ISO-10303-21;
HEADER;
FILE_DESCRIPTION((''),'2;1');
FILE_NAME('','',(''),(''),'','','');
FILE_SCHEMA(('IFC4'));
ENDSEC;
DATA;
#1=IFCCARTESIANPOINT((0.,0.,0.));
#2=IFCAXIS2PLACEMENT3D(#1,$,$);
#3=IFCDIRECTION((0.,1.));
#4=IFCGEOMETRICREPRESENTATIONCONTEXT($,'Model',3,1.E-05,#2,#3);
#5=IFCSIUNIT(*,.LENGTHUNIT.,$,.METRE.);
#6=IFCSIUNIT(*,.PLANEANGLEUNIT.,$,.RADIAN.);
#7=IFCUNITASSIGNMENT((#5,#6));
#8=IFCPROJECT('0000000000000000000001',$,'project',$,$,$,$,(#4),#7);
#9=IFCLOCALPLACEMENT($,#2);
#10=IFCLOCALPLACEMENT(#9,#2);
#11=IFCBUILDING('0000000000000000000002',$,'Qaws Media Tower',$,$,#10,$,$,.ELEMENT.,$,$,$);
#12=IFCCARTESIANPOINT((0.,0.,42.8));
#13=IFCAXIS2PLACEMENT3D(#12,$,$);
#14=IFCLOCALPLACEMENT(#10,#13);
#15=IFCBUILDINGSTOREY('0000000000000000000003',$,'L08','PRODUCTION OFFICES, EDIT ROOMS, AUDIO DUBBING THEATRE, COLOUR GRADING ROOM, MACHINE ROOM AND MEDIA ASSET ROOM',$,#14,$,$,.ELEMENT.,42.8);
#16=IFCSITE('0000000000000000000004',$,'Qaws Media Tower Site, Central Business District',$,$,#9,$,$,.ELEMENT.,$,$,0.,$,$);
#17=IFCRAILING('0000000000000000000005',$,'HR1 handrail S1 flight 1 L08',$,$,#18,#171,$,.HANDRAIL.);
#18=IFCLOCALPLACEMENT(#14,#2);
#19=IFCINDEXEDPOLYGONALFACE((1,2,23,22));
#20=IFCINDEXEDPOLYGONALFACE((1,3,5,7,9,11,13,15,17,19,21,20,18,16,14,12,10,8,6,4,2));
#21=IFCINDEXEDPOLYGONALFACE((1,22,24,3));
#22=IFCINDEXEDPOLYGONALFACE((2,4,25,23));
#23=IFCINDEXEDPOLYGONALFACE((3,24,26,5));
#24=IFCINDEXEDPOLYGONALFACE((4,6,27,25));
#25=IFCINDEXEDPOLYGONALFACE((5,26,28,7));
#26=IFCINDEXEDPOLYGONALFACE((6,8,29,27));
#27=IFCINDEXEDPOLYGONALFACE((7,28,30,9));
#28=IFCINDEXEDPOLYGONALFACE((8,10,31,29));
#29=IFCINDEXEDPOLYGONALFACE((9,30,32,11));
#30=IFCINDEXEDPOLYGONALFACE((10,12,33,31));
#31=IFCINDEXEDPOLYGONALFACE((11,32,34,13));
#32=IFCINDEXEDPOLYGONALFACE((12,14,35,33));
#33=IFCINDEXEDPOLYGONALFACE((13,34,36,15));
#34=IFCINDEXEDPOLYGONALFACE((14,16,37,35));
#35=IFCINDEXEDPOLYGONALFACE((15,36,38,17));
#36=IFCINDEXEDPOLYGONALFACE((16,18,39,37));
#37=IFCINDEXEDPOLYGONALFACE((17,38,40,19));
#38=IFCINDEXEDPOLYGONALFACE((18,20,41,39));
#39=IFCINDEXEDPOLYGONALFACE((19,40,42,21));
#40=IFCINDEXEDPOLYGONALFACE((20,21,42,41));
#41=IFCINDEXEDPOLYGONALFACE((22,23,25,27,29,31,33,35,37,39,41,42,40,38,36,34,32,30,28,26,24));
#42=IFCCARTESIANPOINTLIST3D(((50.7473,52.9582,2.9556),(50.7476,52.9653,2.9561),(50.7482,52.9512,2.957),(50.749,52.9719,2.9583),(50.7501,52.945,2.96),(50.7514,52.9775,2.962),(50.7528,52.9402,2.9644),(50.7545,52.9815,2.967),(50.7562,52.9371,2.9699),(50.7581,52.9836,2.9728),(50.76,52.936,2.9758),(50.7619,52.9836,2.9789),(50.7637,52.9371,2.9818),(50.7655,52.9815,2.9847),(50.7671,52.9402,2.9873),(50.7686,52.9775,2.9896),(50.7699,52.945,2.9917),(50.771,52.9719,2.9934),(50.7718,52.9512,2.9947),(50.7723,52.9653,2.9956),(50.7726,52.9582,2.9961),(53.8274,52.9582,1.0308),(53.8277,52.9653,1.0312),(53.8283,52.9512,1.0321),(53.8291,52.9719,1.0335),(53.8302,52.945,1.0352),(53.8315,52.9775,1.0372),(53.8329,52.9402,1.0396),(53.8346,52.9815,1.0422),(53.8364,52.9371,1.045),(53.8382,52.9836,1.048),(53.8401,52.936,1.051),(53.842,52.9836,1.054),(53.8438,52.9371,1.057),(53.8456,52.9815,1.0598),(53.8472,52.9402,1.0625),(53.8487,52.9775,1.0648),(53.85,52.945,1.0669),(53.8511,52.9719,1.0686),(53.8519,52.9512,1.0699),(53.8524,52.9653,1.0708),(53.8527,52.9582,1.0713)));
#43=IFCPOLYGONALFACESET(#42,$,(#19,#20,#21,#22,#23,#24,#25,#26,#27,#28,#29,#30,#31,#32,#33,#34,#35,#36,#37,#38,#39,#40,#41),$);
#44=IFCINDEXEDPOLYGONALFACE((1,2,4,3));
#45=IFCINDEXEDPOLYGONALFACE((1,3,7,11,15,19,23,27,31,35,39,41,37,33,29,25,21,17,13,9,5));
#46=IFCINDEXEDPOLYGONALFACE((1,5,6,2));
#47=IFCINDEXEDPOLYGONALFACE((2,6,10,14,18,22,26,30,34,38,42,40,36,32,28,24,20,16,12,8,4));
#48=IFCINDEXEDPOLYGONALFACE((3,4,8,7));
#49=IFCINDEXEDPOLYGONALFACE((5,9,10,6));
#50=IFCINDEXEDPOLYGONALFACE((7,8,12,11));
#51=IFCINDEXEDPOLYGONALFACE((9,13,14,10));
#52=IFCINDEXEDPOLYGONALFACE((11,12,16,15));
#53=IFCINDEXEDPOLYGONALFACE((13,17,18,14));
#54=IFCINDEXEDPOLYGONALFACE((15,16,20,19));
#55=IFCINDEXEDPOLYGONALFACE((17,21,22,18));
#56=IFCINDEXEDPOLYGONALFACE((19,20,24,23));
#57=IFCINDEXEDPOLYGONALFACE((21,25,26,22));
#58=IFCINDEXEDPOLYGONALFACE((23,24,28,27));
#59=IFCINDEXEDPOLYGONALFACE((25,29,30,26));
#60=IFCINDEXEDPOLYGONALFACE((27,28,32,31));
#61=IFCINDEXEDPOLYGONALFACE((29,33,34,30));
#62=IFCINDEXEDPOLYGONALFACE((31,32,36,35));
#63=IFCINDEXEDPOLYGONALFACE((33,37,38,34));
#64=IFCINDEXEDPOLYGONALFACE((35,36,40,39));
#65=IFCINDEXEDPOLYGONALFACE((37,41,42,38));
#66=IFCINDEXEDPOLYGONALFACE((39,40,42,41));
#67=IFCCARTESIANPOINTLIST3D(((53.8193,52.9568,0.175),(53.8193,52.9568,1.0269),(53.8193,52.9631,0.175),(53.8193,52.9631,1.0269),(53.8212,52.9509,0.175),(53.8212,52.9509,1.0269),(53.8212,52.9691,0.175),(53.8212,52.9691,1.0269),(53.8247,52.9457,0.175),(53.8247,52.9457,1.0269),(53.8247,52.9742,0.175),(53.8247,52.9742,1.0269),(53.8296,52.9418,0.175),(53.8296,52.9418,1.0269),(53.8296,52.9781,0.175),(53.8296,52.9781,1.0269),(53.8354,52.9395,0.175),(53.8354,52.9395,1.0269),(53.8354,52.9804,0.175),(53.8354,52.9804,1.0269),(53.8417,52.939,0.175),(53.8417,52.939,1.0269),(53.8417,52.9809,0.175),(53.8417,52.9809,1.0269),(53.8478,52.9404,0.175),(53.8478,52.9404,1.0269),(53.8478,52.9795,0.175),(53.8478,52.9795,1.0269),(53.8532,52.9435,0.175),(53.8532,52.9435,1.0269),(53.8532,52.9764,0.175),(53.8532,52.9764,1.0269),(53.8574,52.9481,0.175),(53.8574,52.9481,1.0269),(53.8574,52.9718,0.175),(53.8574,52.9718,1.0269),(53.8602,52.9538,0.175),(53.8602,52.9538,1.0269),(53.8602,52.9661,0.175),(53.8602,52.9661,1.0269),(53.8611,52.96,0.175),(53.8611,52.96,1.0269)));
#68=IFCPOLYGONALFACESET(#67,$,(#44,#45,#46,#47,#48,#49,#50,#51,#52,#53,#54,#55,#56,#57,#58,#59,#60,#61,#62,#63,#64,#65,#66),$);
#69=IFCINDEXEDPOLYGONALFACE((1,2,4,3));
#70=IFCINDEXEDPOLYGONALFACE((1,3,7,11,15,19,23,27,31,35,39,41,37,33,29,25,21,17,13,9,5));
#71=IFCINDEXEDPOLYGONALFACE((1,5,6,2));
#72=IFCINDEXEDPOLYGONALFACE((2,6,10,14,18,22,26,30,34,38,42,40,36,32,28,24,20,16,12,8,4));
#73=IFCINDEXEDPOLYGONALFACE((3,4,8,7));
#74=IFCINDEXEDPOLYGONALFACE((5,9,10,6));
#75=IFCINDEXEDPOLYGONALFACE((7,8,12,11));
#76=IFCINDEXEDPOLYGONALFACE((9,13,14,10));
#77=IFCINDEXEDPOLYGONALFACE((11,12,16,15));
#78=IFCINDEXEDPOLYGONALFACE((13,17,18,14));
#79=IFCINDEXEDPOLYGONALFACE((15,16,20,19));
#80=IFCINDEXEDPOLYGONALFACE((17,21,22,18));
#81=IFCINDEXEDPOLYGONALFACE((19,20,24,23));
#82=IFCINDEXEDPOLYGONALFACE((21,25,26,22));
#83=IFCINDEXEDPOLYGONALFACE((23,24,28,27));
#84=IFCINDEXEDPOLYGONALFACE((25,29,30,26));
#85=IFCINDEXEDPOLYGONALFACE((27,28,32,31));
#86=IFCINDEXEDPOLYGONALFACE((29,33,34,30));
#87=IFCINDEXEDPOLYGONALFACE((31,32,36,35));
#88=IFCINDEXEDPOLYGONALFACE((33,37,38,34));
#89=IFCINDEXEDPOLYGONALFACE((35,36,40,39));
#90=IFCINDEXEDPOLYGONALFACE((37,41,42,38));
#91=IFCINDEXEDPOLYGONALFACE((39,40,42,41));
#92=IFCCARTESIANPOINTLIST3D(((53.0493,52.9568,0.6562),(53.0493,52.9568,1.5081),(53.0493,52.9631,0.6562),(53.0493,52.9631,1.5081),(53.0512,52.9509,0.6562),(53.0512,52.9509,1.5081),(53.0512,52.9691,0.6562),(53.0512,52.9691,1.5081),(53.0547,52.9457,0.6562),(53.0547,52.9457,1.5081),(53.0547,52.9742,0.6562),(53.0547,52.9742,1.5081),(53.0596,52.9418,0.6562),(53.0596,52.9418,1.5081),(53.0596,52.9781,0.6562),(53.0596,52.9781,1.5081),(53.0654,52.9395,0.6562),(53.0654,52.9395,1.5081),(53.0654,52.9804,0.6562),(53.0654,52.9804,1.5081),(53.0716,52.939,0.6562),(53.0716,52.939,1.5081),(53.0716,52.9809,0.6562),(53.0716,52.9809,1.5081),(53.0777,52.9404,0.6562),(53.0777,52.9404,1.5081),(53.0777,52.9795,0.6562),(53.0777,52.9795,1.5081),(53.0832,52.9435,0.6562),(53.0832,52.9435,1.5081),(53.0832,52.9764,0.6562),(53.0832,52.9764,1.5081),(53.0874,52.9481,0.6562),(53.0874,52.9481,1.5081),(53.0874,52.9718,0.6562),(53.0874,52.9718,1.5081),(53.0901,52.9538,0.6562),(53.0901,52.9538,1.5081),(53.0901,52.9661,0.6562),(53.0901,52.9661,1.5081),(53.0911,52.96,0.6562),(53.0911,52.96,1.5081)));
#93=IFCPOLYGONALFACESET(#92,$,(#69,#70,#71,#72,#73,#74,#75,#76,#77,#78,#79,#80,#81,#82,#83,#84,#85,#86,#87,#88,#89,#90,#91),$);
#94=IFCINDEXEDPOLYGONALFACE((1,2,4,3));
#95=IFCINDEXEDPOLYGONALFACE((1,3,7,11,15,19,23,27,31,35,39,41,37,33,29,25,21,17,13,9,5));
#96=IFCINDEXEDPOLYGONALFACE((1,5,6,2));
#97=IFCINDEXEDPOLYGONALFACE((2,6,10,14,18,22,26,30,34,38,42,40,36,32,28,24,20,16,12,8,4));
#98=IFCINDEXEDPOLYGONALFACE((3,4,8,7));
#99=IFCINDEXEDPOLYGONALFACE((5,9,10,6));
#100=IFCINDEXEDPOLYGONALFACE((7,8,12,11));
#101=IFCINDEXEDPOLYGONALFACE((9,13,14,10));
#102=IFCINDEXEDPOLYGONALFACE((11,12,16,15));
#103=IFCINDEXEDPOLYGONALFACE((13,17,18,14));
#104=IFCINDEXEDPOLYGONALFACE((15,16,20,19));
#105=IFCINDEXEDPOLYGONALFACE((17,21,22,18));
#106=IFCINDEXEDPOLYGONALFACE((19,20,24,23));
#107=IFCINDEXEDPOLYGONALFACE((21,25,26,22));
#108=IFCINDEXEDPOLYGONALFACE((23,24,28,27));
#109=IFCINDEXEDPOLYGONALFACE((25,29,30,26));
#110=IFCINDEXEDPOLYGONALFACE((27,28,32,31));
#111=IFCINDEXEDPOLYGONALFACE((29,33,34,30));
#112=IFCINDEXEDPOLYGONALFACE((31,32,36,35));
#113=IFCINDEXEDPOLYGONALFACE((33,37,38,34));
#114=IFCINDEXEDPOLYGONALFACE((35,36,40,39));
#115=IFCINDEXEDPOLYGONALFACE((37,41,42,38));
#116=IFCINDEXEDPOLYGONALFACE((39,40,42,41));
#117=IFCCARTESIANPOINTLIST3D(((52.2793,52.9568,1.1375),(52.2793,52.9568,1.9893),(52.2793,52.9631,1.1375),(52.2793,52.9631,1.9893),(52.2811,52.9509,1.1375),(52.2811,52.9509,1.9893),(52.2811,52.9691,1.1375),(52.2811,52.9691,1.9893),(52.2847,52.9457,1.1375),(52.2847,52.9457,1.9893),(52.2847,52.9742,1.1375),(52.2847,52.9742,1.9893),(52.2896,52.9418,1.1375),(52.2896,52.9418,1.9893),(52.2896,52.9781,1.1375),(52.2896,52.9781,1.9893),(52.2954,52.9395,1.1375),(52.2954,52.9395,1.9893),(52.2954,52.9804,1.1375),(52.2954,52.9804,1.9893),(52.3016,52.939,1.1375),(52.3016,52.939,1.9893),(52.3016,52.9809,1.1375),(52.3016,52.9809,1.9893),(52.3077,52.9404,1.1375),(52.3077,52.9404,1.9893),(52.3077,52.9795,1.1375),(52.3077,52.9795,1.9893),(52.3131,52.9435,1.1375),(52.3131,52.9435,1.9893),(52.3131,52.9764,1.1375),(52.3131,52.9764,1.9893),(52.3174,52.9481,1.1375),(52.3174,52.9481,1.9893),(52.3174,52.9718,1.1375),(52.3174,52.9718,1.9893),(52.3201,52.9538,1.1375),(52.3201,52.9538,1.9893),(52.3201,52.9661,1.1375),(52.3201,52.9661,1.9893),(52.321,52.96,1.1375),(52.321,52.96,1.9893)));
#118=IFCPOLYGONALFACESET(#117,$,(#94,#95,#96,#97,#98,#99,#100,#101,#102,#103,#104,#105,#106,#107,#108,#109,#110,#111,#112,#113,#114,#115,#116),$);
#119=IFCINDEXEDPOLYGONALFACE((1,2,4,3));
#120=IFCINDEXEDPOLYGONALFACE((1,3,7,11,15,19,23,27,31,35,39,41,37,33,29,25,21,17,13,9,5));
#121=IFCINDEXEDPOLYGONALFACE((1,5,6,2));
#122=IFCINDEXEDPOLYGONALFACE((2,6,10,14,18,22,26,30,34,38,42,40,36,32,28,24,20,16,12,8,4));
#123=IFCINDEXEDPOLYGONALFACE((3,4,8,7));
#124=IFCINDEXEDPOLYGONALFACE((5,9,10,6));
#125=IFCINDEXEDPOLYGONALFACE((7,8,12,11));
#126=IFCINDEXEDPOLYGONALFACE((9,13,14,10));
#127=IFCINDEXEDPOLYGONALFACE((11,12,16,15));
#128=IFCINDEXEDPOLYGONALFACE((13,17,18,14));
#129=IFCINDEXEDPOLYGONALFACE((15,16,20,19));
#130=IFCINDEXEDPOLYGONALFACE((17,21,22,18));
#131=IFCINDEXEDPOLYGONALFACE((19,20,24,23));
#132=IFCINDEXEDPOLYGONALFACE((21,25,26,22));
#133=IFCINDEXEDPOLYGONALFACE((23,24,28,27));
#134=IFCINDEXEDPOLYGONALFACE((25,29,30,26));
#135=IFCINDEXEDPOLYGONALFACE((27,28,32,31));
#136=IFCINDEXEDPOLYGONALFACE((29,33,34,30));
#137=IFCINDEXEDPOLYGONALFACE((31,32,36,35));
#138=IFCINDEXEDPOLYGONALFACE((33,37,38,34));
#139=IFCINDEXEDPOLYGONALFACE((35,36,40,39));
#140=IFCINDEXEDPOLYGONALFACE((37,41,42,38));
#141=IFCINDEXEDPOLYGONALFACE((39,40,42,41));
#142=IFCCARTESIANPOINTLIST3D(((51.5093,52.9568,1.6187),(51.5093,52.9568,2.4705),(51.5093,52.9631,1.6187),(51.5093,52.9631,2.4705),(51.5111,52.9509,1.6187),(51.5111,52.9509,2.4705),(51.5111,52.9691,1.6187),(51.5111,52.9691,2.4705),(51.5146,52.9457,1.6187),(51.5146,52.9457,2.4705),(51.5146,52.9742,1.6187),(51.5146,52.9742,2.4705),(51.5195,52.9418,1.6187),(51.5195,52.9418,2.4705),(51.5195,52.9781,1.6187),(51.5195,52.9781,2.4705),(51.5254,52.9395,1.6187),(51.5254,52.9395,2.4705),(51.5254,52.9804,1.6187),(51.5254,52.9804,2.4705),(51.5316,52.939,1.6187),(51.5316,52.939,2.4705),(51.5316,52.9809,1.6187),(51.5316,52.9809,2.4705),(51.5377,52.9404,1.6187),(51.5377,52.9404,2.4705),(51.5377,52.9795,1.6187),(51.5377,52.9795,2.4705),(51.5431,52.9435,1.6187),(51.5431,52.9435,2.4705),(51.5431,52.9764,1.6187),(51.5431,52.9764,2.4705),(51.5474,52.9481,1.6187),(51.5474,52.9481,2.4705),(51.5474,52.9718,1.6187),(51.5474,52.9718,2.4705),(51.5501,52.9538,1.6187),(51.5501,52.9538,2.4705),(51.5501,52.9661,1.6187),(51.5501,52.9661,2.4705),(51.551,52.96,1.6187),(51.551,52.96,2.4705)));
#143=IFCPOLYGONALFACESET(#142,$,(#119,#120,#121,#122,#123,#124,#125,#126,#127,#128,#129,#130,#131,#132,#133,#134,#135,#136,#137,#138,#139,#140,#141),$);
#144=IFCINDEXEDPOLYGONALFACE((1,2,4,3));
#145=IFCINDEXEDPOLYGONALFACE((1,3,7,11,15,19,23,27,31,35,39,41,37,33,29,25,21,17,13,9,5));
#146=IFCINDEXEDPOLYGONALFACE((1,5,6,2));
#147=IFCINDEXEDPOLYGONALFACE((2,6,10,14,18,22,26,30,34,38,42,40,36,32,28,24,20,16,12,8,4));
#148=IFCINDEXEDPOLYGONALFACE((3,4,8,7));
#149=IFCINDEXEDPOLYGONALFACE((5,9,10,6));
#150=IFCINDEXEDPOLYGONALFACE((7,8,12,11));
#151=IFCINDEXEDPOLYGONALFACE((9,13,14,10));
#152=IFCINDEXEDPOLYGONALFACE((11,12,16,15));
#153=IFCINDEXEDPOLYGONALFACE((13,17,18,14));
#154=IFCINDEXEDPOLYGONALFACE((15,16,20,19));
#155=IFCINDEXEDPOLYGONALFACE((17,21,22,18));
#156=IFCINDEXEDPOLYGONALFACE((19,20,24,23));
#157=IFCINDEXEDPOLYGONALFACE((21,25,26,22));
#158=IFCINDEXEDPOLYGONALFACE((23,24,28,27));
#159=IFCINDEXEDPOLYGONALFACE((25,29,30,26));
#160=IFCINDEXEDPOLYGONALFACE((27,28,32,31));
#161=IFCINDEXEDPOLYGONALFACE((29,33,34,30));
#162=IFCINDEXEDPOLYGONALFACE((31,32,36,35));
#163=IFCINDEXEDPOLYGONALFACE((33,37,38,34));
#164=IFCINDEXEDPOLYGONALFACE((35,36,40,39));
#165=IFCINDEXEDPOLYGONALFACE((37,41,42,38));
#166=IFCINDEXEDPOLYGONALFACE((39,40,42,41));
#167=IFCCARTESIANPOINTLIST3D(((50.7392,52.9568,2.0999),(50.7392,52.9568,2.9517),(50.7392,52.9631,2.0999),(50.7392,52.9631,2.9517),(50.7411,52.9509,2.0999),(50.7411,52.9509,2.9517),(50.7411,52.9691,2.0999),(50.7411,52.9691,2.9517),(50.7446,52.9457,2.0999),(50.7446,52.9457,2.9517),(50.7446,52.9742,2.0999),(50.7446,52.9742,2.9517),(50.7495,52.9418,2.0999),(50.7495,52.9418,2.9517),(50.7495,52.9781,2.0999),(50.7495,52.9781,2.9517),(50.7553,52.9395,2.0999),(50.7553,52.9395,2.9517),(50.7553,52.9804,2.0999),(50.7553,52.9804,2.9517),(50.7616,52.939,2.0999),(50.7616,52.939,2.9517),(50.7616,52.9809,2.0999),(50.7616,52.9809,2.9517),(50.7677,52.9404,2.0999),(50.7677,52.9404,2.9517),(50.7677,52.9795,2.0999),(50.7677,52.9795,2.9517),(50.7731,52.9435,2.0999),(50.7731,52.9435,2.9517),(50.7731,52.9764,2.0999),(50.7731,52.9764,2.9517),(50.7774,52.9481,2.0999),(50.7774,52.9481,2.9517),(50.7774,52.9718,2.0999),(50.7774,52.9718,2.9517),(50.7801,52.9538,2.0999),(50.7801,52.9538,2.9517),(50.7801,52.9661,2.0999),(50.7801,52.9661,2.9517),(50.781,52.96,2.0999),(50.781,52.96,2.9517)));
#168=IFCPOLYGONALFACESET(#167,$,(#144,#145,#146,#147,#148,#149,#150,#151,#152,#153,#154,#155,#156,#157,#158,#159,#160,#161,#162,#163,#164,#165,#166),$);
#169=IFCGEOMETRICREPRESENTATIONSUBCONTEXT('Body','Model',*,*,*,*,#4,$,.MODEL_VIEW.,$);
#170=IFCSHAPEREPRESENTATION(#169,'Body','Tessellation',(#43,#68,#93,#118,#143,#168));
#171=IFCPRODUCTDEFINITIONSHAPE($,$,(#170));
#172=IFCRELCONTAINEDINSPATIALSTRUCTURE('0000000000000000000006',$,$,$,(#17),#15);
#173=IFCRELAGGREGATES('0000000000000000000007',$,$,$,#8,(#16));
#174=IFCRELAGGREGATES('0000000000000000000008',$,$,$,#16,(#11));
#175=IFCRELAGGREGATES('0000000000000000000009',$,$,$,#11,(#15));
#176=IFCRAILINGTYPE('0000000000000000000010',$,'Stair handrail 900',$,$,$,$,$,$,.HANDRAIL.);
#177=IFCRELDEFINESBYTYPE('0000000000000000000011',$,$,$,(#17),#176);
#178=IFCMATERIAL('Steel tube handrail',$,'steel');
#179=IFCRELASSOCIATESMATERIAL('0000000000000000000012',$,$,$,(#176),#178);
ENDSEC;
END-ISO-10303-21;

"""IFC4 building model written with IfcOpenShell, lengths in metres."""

from ifc_helpers import new_model, si_unit, direction, frame, origin, origin_2d, place, context, subcontext, project, spatial, circle, extrude, material, type_object, element, save


model = new_model("IFC4")

# Units and contexts
model_context = context("Model", 3, precision=1e-05, world=origin(), true_north=direction((0.0, 1.0)))
body_context = subcontext(model_context, "Body", "Model", "MODEL_VIEW")
ifc_project = project(units=[si_unit("LENGTHUNIT", "METRE"), si_unit("PLANEANGLEUNIT", "RADIAN")], contexts=[model_context])

# Site, building, storey
site_placement = place(None, origin())
site = spatial("IfcSite", under=ifc_project, at=site_placement, Name="Qaws Media Tower Site, Central Business District", CompositionType="ELEMENT", RefElevation=0.0)
building_placement = place(site_placement, origin())
building = spatial("IfcBuilding", under=site, at=building_placement, Name="Qaws Media Tower", CompositionType="ELEMENT")
storey_placement = place(building_placement, frame((0.0, 0.0, 42.8)))
storey = spatial("IfcBuildingStorey", under=building, at=storey_placement, Name="L08", Description="PRODUCTION OFFICES, EDIT ROOMS, AUDIO DUBBING THEATRE, COLOUR GRADING ROOM, MACHINE ROOM AND MEDIA ASSET ROOM", CompositionType="ELEMENT", Elevation=42.8)

# Railing
ifc_material_1 = material(Name="Steel tube handrail", Category="steel")
railing_type = type_object("IfcRailingType", Name="Stair handrail 900", PredefinedType="HANDRAIL", material=ifc_material_1)
for number, where, name in (
    (1, (53.8401, 52.96, 0.175), "HR1 handrail S1 flight 1 L08"),
):
    element("IfcRailing", number, at=place(storey_placement, frame(where)), inside=storey, type_object=railing_type, Name=name, PredefinedType="HANDRAIL", context=body_context, shape_type="SweptSolid", body=[
        extrude(circle(Radius=0.0239, at=origin_2d()), frame((0.0, 0.0, 0.876), z_axis=(-0.848029, 0.0, 0.529951), x_axis=(0.0, -1.0, 0.0)), (0.0, 0.0, 1.0), 3.6321),
        extrude(circle(Radius=0.021, at=origin_2d()), origin(), (0.0, 0.0, 1.0), 0.8518),
        extrude(circle(Radius=0.021, at=origin_2d()), frame((-0.77, 0.0, 0.4812)), (0.0, 0.0, 1.0), 0.8518),
        extrude(circle(Radius=0.021, at=origin_2d()), frame((-1.54, 0.0, 0.9624)), (0.0, 0.0, 1.0), 0.8518),
        extrude(circle(Radius=0.021, at=origin_2d()), frame((-2.3101, 0.0, 1.4436)), (0.0, 0.0, 1.0), 0.8518),
        extrude(circle(Radius=0.021, at=origin_2d()), frame((-3.0801, 0.0, 1.9248)), (0.0, 0.0, 1.0), 0.8518),
    ])

save(model, "model.ifc")
